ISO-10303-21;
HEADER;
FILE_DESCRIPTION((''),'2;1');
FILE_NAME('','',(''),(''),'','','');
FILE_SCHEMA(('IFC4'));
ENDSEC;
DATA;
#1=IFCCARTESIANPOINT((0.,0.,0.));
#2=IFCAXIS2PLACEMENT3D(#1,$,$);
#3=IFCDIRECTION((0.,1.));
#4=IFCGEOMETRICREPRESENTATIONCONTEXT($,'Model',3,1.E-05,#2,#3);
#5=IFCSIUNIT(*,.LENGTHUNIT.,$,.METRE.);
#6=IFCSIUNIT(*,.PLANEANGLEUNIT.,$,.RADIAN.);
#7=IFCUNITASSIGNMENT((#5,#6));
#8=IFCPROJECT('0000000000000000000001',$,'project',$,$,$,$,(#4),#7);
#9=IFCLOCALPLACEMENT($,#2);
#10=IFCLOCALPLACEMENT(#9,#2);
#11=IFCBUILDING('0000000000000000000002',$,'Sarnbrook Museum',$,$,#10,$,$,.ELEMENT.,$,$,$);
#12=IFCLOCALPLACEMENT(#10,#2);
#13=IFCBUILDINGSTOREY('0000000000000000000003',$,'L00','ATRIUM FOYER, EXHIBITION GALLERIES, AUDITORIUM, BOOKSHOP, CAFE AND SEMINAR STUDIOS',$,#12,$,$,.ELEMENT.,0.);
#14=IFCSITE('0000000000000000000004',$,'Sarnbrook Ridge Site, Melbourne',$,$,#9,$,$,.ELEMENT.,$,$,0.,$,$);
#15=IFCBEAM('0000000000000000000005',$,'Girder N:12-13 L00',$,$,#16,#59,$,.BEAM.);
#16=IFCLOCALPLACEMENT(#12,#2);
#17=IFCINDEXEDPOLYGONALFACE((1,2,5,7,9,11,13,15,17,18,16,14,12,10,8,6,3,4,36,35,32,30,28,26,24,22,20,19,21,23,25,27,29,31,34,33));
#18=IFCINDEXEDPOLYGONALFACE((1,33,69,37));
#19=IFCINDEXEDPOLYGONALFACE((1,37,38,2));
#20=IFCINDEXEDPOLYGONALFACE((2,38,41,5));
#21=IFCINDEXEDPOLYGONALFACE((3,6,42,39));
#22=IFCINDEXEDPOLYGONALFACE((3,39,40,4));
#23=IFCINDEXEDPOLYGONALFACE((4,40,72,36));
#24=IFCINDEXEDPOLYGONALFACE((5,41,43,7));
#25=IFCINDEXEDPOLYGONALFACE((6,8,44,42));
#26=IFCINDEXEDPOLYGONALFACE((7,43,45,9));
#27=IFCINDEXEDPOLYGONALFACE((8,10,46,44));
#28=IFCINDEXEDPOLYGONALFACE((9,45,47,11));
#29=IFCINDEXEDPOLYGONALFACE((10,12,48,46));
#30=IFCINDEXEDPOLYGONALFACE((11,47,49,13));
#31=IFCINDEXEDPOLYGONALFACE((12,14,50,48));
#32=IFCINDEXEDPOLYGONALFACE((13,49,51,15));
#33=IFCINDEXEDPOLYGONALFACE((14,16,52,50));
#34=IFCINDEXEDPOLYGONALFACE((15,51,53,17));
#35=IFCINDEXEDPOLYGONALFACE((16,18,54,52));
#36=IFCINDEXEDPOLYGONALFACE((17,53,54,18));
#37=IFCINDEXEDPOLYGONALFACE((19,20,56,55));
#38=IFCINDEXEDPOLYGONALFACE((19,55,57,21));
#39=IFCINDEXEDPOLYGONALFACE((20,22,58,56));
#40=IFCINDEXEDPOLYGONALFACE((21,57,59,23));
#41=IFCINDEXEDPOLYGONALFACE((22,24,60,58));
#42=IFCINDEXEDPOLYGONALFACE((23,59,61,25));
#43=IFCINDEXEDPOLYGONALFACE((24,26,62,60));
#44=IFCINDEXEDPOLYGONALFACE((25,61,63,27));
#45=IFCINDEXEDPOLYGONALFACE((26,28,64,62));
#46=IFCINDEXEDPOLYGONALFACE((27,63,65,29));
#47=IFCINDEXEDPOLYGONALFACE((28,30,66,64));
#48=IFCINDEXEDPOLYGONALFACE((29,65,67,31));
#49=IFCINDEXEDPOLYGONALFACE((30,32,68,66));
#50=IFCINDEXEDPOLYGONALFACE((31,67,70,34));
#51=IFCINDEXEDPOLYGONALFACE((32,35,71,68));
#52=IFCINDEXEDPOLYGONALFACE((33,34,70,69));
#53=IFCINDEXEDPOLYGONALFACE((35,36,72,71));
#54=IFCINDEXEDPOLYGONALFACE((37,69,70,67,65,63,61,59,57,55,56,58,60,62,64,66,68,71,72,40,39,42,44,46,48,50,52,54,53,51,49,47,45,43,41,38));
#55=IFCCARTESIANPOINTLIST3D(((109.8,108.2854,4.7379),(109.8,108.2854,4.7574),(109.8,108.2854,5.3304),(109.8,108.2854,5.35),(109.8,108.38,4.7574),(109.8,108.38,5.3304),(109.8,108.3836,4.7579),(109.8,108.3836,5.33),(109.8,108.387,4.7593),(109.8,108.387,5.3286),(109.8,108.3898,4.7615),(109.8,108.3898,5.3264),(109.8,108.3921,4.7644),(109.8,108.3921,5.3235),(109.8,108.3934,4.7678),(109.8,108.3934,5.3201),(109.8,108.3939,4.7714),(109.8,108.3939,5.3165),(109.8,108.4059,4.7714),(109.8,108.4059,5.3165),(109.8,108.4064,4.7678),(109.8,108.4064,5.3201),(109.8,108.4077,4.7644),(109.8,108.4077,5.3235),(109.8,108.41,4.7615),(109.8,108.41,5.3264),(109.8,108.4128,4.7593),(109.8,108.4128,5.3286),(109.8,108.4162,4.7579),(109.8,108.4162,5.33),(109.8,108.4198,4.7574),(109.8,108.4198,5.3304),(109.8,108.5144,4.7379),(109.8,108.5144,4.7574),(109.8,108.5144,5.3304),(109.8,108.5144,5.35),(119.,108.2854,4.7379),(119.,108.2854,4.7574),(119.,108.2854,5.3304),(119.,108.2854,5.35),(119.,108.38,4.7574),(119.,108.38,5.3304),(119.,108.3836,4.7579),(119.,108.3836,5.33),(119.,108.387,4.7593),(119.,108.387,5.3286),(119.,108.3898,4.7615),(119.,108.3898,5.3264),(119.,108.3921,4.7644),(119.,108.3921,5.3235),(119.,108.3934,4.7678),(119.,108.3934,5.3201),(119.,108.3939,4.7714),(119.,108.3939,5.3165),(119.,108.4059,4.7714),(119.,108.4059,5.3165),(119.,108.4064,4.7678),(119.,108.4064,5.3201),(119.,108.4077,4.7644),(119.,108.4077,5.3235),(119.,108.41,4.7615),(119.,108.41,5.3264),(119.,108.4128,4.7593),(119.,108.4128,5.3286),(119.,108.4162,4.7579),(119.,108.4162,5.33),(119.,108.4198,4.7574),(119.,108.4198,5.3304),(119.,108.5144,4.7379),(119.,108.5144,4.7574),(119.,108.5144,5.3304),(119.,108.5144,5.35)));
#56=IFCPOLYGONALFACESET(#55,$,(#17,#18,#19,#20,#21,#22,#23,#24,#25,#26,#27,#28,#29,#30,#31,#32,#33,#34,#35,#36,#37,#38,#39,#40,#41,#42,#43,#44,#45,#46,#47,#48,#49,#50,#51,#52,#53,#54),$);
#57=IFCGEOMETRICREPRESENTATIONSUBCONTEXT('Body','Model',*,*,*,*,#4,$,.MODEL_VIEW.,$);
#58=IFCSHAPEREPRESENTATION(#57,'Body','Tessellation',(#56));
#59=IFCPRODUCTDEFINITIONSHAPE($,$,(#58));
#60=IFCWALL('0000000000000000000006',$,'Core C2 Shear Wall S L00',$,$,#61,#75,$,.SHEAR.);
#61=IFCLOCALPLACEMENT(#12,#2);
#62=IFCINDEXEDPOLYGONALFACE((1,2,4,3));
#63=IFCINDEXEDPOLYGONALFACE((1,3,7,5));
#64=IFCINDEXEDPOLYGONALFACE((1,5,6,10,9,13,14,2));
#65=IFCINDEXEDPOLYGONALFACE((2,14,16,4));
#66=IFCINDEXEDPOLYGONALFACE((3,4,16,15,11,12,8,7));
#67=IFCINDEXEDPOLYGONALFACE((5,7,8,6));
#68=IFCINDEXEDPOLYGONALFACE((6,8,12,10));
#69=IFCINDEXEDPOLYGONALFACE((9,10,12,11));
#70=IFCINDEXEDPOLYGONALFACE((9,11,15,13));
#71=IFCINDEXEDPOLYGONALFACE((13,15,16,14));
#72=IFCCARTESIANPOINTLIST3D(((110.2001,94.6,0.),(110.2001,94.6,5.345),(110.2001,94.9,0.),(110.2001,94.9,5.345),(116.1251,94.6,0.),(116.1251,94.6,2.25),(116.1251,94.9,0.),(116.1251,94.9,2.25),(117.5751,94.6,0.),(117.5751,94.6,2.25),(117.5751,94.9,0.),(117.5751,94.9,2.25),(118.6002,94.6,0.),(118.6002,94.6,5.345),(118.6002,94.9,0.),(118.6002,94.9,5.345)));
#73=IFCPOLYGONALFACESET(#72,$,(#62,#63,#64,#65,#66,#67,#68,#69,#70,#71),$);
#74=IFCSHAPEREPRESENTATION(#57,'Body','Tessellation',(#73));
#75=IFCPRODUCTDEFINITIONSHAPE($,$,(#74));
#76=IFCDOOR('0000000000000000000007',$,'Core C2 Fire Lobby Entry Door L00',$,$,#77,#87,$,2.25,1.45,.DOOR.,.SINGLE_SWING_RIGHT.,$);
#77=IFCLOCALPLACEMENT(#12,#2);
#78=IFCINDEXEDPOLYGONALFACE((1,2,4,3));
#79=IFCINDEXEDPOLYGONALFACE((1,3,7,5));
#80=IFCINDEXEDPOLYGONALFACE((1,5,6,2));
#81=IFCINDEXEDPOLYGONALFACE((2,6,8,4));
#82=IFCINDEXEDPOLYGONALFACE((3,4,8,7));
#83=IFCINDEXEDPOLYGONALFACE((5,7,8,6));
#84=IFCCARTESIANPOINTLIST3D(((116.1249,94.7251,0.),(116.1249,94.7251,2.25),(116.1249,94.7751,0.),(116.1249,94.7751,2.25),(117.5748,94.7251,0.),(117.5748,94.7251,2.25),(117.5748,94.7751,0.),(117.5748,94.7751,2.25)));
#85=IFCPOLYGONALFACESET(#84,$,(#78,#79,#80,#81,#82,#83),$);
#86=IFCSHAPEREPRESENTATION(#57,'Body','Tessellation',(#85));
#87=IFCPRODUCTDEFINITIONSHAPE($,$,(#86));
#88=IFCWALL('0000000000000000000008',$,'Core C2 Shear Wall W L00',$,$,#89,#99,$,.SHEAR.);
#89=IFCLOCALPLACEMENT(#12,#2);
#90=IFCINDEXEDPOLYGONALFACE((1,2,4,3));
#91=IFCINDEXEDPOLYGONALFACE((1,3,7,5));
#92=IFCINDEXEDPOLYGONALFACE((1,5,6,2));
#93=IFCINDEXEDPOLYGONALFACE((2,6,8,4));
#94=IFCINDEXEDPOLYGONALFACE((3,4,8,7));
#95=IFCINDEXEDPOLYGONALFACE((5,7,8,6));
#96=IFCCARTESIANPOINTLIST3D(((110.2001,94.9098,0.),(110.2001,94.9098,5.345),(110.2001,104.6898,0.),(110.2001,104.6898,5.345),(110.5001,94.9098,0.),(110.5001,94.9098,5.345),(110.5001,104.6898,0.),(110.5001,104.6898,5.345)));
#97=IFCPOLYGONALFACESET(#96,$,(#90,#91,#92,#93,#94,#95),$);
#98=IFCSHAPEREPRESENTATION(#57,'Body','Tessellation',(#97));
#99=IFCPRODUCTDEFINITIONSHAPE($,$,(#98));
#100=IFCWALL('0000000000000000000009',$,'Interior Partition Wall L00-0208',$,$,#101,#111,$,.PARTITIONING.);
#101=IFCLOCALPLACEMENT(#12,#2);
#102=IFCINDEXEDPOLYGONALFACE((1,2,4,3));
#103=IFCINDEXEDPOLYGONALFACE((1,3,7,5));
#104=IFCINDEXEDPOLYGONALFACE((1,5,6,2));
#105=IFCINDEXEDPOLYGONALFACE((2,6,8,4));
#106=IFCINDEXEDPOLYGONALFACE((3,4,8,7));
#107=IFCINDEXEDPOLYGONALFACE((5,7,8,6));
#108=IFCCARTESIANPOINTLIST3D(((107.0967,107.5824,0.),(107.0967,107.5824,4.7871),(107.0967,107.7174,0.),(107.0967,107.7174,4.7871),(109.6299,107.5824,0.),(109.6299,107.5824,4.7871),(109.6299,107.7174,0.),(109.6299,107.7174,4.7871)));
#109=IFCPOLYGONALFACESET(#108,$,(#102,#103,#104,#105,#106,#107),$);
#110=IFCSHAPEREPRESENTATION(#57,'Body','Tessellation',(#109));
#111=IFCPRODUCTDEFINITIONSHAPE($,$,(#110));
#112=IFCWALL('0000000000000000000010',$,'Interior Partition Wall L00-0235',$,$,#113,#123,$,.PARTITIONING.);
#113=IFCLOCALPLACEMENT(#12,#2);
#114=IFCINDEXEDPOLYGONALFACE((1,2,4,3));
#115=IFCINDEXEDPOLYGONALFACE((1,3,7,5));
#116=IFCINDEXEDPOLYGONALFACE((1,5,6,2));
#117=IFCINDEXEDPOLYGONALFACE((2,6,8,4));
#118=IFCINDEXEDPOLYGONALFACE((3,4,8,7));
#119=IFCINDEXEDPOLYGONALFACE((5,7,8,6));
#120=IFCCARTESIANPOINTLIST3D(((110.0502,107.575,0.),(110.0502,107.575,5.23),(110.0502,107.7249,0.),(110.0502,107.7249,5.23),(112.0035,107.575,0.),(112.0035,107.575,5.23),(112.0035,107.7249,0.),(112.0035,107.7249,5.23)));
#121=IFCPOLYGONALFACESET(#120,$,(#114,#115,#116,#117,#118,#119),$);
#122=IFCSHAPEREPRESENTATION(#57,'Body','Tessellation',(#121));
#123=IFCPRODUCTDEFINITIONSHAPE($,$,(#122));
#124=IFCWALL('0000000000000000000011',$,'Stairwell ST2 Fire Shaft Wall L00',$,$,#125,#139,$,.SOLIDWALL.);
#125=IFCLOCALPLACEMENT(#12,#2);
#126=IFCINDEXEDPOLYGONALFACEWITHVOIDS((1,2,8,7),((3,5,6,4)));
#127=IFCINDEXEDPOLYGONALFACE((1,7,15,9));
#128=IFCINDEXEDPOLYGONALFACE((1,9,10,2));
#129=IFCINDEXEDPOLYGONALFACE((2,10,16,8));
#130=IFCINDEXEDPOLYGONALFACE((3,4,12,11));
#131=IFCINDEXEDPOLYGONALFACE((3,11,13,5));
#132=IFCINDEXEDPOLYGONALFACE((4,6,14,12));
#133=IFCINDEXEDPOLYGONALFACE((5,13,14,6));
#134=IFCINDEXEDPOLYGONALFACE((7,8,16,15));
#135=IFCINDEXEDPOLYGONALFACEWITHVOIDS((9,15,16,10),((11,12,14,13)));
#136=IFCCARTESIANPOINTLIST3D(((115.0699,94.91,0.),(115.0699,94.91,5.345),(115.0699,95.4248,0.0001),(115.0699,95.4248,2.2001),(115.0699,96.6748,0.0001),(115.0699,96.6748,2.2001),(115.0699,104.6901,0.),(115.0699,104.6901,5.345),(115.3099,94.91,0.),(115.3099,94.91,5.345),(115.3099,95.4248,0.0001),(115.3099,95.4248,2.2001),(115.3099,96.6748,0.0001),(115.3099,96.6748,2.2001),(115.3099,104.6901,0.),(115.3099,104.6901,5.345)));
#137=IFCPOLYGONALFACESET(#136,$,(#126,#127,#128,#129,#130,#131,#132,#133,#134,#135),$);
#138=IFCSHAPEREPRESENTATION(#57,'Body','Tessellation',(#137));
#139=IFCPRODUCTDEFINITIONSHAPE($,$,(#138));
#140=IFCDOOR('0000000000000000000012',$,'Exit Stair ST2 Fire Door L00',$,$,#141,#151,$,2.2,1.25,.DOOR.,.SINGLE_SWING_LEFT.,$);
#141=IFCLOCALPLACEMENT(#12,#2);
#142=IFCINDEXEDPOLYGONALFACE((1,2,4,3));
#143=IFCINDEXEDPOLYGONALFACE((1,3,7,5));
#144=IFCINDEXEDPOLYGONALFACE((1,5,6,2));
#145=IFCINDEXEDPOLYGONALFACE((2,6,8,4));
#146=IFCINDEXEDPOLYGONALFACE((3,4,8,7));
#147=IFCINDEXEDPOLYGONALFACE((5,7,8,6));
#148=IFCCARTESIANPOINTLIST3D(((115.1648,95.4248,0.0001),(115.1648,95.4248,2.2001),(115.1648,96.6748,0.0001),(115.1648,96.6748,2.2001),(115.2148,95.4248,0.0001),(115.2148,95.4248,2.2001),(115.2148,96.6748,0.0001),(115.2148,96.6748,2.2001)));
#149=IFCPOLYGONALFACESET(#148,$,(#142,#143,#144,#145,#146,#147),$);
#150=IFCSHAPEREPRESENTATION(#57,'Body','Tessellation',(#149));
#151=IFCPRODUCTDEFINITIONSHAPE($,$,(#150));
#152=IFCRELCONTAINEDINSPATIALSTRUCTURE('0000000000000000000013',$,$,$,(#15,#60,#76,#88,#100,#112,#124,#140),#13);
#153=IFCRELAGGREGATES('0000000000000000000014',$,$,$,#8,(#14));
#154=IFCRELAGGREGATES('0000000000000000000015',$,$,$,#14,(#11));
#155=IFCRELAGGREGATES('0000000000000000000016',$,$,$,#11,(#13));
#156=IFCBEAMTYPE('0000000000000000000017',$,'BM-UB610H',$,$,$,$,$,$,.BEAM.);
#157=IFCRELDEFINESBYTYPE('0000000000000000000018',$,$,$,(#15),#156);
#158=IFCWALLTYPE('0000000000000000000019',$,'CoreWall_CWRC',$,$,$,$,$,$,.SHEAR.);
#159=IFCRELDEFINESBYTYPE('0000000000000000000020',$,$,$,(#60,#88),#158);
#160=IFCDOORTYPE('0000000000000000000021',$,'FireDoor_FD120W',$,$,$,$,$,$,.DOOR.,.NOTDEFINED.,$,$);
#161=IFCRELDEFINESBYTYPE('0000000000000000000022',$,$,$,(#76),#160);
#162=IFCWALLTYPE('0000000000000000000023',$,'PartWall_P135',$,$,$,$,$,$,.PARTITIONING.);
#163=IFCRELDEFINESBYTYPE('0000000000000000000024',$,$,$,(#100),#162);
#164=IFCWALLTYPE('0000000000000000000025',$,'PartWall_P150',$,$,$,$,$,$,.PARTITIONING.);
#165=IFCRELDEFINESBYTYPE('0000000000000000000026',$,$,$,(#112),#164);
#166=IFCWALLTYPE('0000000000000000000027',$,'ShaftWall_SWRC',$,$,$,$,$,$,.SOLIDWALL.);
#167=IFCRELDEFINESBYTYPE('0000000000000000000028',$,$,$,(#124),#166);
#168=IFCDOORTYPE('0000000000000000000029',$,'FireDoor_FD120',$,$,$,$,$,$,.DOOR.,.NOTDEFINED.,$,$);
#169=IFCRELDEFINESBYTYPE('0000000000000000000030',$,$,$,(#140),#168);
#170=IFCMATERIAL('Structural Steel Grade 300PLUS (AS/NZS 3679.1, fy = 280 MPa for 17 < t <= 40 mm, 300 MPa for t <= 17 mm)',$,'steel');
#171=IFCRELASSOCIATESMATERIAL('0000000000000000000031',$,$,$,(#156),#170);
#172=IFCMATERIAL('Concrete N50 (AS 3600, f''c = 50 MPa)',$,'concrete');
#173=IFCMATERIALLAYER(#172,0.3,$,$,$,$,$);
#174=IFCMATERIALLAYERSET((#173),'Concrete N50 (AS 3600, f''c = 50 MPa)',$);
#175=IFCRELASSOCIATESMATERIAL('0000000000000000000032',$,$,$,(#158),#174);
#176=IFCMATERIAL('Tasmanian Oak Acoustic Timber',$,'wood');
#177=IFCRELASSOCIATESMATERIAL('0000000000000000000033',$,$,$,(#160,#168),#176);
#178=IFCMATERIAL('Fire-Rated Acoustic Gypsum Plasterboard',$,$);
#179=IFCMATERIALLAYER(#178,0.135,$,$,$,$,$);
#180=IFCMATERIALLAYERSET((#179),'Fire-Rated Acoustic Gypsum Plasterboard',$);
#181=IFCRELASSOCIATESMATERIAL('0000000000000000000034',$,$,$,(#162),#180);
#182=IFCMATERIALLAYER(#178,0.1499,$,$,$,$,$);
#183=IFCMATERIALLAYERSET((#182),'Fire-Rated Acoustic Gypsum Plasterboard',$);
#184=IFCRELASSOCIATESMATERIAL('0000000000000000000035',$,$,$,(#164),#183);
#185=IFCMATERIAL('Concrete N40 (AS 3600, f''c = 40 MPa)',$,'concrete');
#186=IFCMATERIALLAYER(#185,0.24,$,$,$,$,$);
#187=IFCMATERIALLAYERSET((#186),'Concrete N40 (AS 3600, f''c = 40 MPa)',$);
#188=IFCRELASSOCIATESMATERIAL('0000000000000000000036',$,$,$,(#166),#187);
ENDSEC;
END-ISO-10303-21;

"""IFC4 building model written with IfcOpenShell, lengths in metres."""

from ifc_helpers import new_model, si_unit, direction, frame, frame_2d, origin, origin_2d, place, context, subcontext, project, spatial, rectangle, i_section, extrude, material, layer, layer_set, material_profile, profile_set, type_object, element, fill, save


model = new_model("IFC4")

# Units and contexts
model_context = context("Model", 3, precision=1e-05, world=origin(), true_north=direction((0.0, 1.0)))
body_context = subcontext(model_context, "Body", "Model", "MODEL_VIEW")
ifc_project = project(units=[si_unit("LENGTHUNIT", "METRE"), si_unit("PLANEANGLEUNIT", "RADIAN")], contexts=[model_context])

# Site, building, storey
site_placement = place(None, origin())
site = spatial("IfcSite", under=ifc_project, at=site_placement, Name="Sarnbrook Ridge Site, Melbourne", CompositionType="ELEMENT", RefElevation=0.0)
building_placement = place(site_placement, origin())
building = spatial("IfcBuilding", under=site, at=building_placement, Name="Sarnbrook Museum", CompositionType="ELEMENT")
storey_placement = place(building_placement, origin())
storey = spatial("IfcBuildingStorey", under=building, at=storey_placement, Name="L00", Description="ATRIUM FOYER, EXHIBITION GALLERIES, AUDITORIUM, BOOKSHOP, CAFE AND SEMINAR STUDIOS", CompositionType="ELEMENT", Elevation=0.0)

# Beam
ifc_material_1 = material(Name="Structural Steel Grade 300PLUS (AS/NZS 3679.1, fy = 280 MPa for 17 < t <= 40 mm, 300 MPa for t <= 17 mm)", Category="steel")
ifc_material_profile = material_profile(ifc_material_1, i_section(OverallWidth=0.229, OverallDepth=0.6121, WebThickness=0.012, FlangeThickness=0.0195, FilletRadius=0.0139, at=origin_2d()), Name="610UB125")
ifc_profile_set = profile_set([ifc_material_profile], Name="Structural Steel Grade 300PLUS (AS/NZS 3679.1, fy = 280 MPa for 17 < t <= 40 mm, 300 MPa for t <= 17 mm)")
beam_type = type_object("IfcBeamType", Name="BM-UB610H", PredefinedType="BEAM", material=ifc_profile_set)
beam_placement = place(storey_placement, frame((109.8, 108.3999, 5.0439), z_axis=(1.0, 0.0, 0.0), x_axis=(0.0, 1.0, 0.0)))
element("IfcBeam", 1, at=beam_placement, inside=storey, type_object=beam_type, Name="Girder N:12-13 L00", PredefinedType="BEAM", context=body_context, shape_type="SweptSolid", body=[
    extrude(i_section(OverallWidth=0.229, OverallDepth=0.6121, WebThickness=0.012, FlangeThickness=0.0195, FilletRadius=0.0139, at=origin_2d()), origin(), (0.0, 0.0, 1.0), 9.2),
])

# Wall, opening, door
ifc_material_2 = material(Name="Concrete N50 (AS 3600, f'c = 50 MPa)", Category="concrete")
ifc_layer_1 = layer(ifc_material_2, 0.3)
ifc_layer_set_1 = layer_set([ifc_layer_1], Name="Concrete N50 (AS 3600, f'c = 50 MPa)")
wall_type_1 = type_object("IfcWallType", Name="CoreWall_CWRC", PredefinedType="SHEAR", material=ifc_layer_set_1)
wall_1_placement = place(storey_placement, frame((110.2, 94.75, 0.0), z_axis=(0.0, 0.0, 1.0), x_axis=(1.0, 0.0, 0.0)))
wall_1 = element("IfcWall", 2, at=wall_1_placement, inside=storey, type_object=wall_type_1, Name="Core C2 Shear Wall S L00", PredefinedType="SHEAR", context=body_context, shape_type="SweptSolid", body=[
    extrude(rectangle(XDim=8.4001, YDim=0.3, at=frame_2d((4.2002, 0.0))), origin(), (0.0, 0.0, 1.0), 5.345),
])
opening_1_placement = place(wall_1_placement, frame((5.925, 0.0, 0.0)))
opening_1 = element("IfcOpeningElement", 3, at=opening_1_placement, cuts=wall_1, PredefinedType="OPENING", context=body_context, shape_type="SweptSolid", body=[
    extrude(rectangle(XDim=1.45, YDim=2.25, at=frame_2d((0.7251, 1.125))), frame((0.0, 0.1602, 0.0), z_axis=(0.0, -1.0, 0.0), x_axis=(1.0, 0.0, 0.0)), (0.0, 0.0, 1.0), 0.3201),
])
ifc_material_3 = material(Name="Tasmanian Oak Acoustic Timber", Category="wood")
door_type_1 = type_object("IfcDoorType", Name="FireDoor_FD120W", OperationType="NOTDEFINED", PredefinedType="DOOR", material=ifc_material_3)
door_1_placement = place(opening_1_placement, frame((1.45, 0.0, 0.0), z_axis=(0.0, 0.0, 1.0), x_axis=(-1.0, 0.0, 0.0)))
door_1 = element("IfcDoor", 4, at=door_1_placement, inside=storey, type_object=door_type_1, Name="Core C2 Fire Lobby Entry Door L00", OperationType="SINGLE_SWING_RIGHT", OverallHeight=2.25, OverallWidth=1.45, PredefinedType="DOOR", context=body_context, shape_type="SweptSolid", body=[
    extrude(rectangle(XDim=1.45, YDim=2.25, at=frame_2d((0.7251, 1.125))), frame((0.0, 0.0249, 0.0), z_axis=(0.0, -1.0, 0.0), x_axis=(1.0, 0.0, 0.0)), (0.0, 0.0, 1.0), 0.05),
])
fill(opening_1, door_1)

# Walls
wall_2_placement = place(storey_placement, frame((110.3501, 104.6899, 0.0), z_axis=(0.0, 0.0, 1.0), x_axis=(0.0, -1.0, 0.0)))
element("IfcWall", 5, at=wall_2_placement, inside=storey, type_object=wall_type_1, Name="Core C2 Shear Wall W L00", PredefinedType="SHEAR", context=body_context, shape_type="SweptSolid", body=[
    extrude(rectangle(XDim=9.78, YDim=0.3, at=frame_2d((4.8901, 0.0))), origin(), (0.0, 0.0, 1.0), 5.345),
])
ifc_material_4 = material(Name="Fire-Rated Acoustic Gypsum Plasterboard")
ifc_layer_2 = layer(ifc_material_4, 0.135)
ifc_layer_set_2 = layer_set([ifc_layer_2], Name="Fire-Rated Acoustic Gypsum Plasterboard")
wall_type_2 = type_object("IfcWallType", Name="PartWall_P135", PredefinedType="PARTITIONING", material=ifc_layer_set_2)
wall_3_placement = place(storey_placement, frame((109.6299, 107.6499, 0.0), z_axis=(0.0, 0.0, 1.0), x_axis=(-1.0, 0.0, 0.0)))
element("IfcWall", 6, at=wall_3_placement, inside=storey, type_object=wall_type_2, Name="Interior Partition Wall L00-0208", PredefinedType="PARTITIONING", context=body_context, shape_type="SweptSolid", body=[
    extrude(rectangle(XDim=2.5332, YDim=0.135, at=frame_2d((1.2666, 0.0))), origin(), (0.0, 0.0, 1.0), 4.7871),
])
ifc_layer_3 = layer(ifc_material_4, 0.1499)
ifc_layer_set_3 = layer_set([ifc_layer_3], Name="Fire-Rated Acoustic Gypsum Plasterboard")
wall_type_3 = type_object("IfcWallType", Name="PartWall_P150", PredefinedType="PARTITIONING", material=ifc_layer_set_3)
wall_4_placement = place(storey_placement, frame((112.0034, 107.6499, 0.0), z_axis=(0.0, 0.0, 1.0), x_axis=(-1.0, 0.0, 0.0)))
element("IfcWall", 7, at=wall_4_placement, inside=storey, type_object=wall_type_3, Name="Interior Partition Wall L00-0235", PredefinedType="PARTITIONING", context=body_context, shape_type="SweptSolid", body=[
    extrude(rectangle(XDim=1.9534, YDim=0.1499, at=frame_2d((0.9766, 0.0))), origin(), (0.0, 0.0, 1.0), 5.23),
])

# Wall, opening, door
ifc_material_5 = material(Name="Concrete N40 (AS 3600, f'c = 40 MPa)", Category="concrete")
ifc_layer_4 = layer(ifc_material_5, 0.24)
ifc_layer_set_4 = layer_set([ifc_layer_4], Name="Concrete N40 (AS 3600, f'c = 40 MPa)")
wall_type_4 = type_object("IfcWallType", Name="ShaftWall_SWRC", PredefinedType="SOLIDWALL", material=ifc_layer_set_4)
wall_5_placement = place(storey_placement, frame((115.1899, 94.9099, 0.0), z_axis=(0.0, 0.0, 1.0), x_axis=(0.0, 1.0, 0.0)))
wall_5 = element("IfcWall", 8, at=wall_5_placement, inside=storey, type_object=wall_type_4, Name="Stairwell ST2 Fire Shaft Wall L00", PredefinedType="SOLIDWALL", context=body_context, shape_type="SweptSolid", body=[
    extrude(rectangle(XDim=9.78, YDim=0.24, at=frame_2d((4.8901, 0.0))), origin(), (0.0, 0.0, 1.0), 5.345),
])
opening_2_placement = place(wall_5_placement, frame((0.5149, 0.0, 0.0)))
opening_2 = element("IfcOpeningElement", 9, at=opening_2_placement, cuts=wall_5, PredefinedType="OPENING", context=body_context, shape_type="SweptSolid", body=[
    extrude(rectangle(XDim=1.25, YDim=2.2, at=frame_2d((0.625, 1.1001))), frame((0.0, 0.1299, 0.0), z_axis=(0.0, -1.0, 0.0), x_axis=(1.0, 0.0, 0.0)), (0.0, 0.0, 1.0), 0.26),
])
door_type_2 = type_object("IfcDoorType", Name="FireDoor_FD120", OperationType="NOTDEFINED", PredefinedType="DOOR", material=ifc_material_3)
door_2_placement = place(opening_2_placement, frame((1.25, 0.0, 0.0), z_axis=(0.0, 0.0, 1.0), x_axis=(-1.0, 0.0, 0.0)))
door_2 = element("IfcDoor", 10, at=door_2_placement, inside=storey, type_object=door_type_2, Name="Exit Stair ST2 Fire Door L00", OperationType="SINGLE_SWING_LEFT", OverallHeight=2.2, OverallWidth=1.25, PredefinedType="DOOR", context=body_context, shape_type="SweptSolid", body=[
    extrude(rectangle(XDim=1.25, YDim=2.2, at=frame_2d((0.625, 1.1001))), frame((0.0, 0.0249, 0.0), z_axis=(0.0, -1.0, 0.0), x_axis=(1.0, 0.0, 0.0)), (0.0, 0.0, 1.0), 0.05),
])
fill(opening_2, door_2)

save(model, "model.ifc")
